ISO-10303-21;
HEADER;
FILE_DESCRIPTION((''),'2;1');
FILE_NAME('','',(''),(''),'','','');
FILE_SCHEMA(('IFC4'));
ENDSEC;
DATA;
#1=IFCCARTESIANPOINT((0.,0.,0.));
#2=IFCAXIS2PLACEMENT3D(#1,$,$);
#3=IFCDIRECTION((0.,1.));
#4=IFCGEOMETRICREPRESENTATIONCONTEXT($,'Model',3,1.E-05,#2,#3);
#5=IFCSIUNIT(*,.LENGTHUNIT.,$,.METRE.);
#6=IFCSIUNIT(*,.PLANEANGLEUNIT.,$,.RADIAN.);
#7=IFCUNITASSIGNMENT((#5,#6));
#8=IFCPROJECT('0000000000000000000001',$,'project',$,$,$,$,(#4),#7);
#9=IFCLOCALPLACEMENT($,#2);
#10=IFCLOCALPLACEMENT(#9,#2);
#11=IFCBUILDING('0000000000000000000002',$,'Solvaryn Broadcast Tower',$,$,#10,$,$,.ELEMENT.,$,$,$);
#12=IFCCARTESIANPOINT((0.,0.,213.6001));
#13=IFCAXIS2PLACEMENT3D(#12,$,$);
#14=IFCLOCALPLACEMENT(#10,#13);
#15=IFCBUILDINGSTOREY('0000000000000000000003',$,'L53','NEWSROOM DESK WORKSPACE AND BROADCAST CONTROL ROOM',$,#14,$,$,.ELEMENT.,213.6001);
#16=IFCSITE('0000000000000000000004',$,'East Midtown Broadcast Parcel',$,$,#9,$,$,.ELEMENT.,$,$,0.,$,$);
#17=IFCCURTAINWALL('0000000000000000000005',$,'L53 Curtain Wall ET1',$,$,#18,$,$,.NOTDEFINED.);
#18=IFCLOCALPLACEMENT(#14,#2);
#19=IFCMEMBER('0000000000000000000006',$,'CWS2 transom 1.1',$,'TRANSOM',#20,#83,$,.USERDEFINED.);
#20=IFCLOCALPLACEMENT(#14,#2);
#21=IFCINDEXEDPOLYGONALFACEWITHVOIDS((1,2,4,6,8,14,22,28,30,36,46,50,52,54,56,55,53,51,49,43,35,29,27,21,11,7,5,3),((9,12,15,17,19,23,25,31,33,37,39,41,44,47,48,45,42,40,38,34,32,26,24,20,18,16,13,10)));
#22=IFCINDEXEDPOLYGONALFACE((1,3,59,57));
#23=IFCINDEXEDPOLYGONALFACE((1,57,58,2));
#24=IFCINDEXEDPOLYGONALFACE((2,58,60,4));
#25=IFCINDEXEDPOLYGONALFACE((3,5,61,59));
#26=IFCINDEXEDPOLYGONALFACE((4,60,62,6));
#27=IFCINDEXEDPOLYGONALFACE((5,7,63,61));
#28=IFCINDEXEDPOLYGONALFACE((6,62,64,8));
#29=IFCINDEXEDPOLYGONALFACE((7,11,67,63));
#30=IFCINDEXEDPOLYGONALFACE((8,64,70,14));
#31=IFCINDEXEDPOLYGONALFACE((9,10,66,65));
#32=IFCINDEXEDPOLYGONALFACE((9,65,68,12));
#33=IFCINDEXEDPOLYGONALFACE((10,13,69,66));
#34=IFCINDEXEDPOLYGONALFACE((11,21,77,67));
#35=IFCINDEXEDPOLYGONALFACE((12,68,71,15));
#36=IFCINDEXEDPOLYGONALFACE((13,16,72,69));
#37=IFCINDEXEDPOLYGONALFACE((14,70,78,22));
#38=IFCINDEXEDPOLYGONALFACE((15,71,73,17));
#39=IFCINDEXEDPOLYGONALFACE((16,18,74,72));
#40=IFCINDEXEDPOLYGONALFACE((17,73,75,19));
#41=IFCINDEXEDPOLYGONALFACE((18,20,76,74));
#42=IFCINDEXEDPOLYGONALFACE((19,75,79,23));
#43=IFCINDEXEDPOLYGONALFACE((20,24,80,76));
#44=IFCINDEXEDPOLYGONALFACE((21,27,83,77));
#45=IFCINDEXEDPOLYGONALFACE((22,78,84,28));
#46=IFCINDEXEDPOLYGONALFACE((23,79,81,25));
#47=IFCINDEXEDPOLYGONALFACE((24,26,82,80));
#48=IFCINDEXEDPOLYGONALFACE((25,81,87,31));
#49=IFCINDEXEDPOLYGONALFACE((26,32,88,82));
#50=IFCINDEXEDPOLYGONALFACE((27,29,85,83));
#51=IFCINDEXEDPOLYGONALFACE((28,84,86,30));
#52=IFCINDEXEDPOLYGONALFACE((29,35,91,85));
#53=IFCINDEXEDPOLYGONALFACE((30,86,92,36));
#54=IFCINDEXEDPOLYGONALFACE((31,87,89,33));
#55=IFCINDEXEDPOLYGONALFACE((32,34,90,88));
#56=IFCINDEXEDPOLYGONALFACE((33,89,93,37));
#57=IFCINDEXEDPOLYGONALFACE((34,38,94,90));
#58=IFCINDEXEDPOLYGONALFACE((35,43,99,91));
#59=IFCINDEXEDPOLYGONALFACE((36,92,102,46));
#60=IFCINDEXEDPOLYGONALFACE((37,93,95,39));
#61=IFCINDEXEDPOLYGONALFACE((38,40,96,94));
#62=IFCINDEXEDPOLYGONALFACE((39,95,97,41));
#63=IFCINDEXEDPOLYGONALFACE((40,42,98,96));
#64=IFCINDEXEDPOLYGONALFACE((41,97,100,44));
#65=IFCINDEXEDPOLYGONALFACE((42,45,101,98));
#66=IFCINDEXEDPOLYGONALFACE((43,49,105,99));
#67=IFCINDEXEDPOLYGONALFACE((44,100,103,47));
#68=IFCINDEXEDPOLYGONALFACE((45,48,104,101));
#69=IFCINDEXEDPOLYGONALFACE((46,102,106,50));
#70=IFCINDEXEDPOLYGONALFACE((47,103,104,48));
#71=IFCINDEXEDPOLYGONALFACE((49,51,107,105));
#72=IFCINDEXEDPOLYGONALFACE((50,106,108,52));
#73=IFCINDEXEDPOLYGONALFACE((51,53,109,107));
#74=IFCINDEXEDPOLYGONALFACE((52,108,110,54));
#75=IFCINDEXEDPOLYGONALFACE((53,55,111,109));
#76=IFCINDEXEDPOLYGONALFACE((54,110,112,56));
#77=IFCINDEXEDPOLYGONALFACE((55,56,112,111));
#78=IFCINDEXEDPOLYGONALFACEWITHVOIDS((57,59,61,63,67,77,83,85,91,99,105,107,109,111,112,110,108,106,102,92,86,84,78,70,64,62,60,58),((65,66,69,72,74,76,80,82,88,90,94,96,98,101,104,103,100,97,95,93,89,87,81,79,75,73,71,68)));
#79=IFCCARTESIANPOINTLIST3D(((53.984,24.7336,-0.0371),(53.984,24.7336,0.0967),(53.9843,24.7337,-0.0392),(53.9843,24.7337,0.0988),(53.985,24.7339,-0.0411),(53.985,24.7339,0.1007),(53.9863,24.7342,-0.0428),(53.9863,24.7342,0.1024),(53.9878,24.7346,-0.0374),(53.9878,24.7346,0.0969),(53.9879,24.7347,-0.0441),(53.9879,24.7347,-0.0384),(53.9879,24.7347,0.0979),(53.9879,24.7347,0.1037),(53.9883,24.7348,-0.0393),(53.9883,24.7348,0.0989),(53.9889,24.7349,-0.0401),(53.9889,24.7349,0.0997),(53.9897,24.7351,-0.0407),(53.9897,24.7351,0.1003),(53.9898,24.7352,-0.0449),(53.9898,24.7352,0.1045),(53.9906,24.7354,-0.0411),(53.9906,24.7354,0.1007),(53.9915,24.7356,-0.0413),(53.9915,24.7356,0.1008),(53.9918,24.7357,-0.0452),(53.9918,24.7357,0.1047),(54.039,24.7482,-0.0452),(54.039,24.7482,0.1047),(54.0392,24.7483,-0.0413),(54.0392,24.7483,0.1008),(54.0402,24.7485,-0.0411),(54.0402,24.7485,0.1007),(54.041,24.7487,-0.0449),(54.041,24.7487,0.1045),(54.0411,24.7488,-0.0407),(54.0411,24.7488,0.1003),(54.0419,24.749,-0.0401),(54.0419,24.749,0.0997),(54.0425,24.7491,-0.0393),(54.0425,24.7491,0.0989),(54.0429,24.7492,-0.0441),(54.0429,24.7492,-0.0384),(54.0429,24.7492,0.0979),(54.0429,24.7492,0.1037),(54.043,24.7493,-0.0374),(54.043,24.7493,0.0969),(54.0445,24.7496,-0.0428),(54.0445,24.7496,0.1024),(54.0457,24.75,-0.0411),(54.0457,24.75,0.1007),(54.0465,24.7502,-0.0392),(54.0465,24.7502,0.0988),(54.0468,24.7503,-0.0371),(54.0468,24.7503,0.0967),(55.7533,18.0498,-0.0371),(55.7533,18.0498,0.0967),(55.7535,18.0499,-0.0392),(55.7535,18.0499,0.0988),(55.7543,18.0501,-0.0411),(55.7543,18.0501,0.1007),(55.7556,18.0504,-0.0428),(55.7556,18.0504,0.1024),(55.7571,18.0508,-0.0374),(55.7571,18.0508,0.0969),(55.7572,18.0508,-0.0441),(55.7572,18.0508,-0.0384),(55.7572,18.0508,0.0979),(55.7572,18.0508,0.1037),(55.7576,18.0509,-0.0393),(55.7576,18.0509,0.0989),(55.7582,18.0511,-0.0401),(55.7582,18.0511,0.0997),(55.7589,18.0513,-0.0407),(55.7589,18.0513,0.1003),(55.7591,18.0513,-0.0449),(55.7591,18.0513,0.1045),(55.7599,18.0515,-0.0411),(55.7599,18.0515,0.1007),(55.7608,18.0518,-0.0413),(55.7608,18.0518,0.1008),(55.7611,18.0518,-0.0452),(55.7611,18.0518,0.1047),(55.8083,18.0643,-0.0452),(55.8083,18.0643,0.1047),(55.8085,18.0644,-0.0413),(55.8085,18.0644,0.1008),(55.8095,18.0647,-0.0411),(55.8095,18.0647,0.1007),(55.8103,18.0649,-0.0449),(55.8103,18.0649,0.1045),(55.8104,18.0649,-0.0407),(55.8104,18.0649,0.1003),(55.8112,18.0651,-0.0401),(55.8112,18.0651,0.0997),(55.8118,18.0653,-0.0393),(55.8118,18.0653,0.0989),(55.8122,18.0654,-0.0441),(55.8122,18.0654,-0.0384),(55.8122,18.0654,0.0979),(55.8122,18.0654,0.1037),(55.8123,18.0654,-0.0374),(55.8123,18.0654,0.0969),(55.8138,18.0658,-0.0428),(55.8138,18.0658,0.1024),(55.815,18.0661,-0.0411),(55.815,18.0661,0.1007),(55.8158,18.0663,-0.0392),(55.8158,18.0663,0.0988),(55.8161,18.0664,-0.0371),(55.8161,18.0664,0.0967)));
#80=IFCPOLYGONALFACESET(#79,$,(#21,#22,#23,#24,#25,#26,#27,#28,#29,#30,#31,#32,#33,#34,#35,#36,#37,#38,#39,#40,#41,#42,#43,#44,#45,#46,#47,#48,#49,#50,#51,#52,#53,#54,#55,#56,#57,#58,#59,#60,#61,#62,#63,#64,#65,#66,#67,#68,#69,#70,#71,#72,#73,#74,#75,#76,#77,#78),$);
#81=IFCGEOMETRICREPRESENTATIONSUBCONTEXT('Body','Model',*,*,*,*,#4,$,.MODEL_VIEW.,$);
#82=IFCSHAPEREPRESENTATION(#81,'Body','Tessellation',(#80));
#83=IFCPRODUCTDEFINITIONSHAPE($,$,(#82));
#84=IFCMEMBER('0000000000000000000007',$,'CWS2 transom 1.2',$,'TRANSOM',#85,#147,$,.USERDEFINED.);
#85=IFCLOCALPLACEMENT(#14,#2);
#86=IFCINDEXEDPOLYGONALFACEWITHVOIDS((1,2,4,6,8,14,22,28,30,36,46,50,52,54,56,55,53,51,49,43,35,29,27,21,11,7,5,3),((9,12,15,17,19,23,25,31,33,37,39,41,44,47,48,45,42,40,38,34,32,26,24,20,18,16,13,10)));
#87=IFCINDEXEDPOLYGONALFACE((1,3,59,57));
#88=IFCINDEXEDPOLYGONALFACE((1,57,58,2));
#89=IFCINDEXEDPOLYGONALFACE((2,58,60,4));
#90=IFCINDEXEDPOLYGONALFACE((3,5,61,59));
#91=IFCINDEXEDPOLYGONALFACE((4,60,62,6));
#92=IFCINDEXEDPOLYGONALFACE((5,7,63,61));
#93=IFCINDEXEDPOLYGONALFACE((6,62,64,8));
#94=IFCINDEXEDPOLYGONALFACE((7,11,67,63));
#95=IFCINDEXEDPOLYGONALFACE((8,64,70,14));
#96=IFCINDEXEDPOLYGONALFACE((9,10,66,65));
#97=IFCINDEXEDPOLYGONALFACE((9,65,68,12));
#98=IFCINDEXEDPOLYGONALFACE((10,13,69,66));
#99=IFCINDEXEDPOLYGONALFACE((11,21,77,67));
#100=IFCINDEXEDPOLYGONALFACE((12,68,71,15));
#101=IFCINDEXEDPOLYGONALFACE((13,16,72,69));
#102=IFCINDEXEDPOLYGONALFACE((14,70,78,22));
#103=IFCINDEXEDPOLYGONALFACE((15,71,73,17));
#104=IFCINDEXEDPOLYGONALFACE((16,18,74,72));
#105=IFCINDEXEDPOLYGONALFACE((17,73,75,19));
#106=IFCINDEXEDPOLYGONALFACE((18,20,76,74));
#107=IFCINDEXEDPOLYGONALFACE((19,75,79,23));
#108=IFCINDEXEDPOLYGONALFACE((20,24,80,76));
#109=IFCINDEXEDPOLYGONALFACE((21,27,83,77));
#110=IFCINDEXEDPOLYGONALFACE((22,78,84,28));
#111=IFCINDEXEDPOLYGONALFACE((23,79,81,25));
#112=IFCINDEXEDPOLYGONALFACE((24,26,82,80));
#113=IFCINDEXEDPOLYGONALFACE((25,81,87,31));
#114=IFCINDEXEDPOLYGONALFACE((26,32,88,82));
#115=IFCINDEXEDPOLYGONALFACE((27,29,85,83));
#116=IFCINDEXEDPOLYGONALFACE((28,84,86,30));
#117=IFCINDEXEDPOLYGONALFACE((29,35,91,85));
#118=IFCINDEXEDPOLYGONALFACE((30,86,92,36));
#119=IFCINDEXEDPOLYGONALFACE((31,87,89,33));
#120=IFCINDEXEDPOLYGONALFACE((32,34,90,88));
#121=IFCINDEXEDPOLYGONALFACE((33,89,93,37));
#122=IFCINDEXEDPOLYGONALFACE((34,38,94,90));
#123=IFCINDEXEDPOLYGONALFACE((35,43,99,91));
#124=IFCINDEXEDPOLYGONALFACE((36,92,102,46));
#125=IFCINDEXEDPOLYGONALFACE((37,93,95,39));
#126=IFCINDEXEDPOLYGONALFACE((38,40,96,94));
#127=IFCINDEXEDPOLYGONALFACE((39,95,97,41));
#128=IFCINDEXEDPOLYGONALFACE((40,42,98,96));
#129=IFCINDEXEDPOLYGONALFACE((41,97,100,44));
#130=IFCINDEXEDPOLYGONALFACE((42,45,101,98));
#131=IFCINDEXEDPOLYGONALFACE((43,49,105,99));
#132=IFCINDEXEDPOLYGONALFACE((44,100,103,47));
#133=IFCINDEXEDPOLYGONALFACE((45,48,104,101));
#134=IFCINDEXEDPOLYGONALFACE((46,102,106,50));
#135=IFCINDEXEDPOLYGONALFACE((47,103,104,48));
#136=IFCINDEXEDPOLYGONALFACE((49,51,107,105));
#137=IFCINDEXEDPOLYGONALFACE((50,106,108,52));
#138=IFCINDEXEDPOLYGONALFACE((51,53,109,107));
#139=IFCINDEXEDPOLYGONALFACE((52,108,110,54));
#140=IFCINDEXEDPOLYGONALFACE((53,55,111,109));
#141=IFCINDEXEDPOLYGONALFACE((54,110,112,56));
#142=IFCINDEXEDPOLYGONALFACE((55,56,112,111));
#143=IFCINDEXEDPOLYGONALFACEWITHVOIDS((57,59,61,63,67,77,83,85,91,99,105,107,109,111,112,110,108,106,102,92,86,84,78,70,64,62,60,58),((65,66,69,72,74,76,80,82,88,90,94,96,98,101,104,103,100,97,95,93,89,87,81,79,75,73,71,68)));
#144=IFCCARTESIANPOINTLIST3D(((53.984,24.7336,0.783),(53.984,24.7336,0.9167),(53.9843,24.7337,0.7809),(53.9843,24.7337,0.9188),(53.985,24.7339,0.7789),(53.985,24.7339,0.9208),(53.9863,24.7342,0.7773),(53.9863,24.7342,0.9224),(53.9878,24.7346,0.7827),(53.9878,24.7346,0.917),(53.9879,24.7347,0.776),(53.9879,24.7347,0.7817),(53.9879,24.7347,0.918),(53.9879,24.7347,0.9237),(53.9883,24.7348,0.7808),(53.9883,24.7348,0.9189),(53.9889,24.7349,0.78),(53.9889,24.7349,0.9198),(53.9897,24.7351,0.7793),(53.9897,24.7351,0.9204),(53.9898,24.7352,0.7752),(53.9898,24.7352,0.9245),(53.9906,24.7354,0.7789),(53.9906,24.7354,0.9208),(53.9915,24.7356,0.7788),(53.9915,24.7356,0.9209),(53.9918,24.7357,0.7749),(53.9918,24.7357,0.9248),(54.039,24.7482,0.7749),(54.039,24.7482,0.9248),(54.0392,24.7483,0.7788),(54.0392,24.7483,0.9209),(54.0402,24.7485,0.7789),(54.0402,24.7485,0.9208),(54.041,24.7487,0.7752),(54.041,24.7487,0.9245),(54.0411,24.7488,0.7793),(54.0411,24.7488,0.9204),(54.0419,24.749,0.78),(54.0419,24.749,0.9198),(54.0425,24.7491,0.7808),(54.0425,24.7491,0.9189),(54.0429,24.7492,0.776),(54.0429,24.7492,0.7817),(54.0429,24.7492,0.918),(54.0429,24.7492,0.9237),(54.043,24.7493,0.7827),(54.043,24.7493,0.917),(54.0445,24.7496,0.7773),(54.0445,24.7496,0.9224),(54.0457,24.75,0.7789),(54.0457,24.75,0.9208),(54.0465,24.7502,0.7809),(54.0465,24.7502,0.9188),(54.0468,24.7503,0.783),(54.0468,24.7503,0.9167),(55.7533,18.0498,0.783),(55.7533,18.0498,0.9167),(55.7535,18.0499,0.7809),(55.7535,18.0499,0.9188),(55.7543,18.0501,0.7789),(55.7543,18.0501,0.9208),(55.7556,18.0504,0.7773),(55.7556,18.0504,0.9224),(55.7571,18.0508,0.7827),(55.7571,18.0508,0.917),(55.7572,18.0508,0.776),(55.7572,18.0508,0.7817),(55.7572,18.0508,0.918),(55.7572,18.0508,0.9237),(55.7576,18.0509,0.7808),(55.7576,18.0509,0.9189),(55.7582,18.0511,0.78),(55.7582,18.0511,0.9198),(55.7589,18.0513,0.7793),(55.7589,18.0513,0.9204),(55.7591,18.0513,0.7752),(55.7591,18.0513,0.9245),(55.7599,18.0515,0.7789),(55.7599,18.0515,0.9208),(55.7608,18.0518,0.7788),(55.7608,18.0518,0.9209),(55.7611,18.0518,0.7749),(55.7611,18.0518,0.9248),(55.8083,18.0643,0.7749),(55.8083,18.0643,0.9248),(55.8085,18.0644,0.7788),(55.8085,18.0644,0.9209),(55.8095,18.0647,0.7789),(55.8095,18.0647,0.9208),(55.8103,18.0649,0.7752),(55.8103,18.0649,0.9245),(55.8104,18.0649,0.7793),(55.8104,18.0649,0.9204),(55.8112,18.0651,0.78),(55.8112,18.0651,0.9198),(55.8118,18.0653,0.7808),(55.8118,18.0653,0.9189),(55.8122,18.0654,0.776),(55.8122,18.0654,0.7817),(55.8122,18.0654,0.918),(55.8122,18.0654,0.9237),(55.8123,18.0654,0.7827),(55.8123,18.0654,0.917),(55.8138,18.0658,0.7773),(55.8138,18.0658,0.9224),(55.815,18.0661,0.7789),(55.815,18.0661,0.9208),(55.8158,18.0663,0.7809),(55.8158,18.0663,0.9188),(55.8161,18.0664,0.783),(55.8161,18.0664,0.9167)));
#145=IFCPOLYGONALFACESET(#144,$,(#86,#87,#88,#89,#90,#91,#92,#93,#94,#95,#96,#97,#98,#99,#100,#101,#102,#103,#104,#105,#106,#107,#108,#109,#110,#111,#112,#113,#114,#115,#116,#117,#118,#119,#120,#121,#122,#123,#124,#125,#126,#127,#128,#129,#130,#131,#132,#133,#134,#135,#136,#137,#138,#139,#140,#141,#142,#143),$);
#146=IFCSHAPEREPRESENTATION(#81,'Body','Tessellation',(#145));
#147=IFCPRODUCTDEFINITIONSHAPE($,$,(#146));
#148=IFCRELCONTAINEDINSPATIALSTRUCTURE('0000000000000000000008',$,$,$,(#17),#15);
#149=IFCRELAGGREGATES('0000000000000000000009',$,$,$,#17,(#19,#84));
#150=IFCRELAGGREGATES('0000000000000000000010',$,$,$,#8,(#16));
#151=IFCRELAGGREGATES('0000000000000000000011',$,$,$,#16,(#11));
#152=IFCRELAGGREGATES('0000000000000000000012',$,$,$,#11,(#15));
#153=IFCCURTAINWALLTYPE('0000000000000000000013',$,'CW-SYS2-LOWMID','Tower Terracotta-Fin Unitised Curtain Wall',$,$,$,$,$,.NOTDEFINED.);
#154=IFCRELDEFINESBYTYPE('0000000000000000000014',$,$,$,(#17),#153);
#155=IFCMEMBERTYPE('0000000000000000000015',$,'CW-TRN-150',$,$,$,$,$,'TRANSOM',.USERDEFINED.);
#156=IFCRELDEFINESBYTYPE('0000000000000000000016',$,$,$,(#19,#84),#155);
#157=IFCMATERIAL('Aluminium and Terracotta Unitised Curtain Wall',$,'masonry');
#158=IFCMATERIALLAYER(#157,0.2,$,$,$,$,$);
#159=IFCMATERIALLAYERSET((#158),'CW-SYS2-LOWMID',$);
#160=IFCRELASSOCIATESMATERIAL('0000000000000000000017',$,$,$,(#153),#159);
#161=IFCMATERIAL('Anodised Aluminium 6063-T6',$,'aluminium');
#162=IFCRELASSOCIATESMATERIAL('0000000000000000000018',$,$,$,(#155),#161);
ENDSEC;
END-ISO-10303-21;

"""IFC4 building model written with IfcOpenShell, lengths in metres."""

from ifc_helpers import new_model, si_unit, direction, frame, origin, origin_2d, place, context, subcontext, project, spatial, hollow_rectangle, extrude, material, layer, layer_set, material_profile, profile_set, type_object, element, aggregate, save


model = new_model("IFC4")

# Units and contexts
model_context = context("Model", 3, precision=1e-05, world=origin(), true_north=direction((0.0, 1.0)))
body_context = subcontext(model_context, "Body", "Model", "MODEL_VIEW")
ifc_project = project(units=[si_unit("LENGTHUNIT", "METRE"), si_unit("PLANEANGLEUNIT", "RADIAN")], contexts=[model_context])

# Site, building, storey
site_placement = place(None, origin())
site = spatial("IfcSite", under=ifc_project, at=site_placement, Name="East Midtown Broadcast Parcel", CompositionType="ELEMENT", RefElevation=0.0)
building_placement = place(site_placement, origin())
building = spatial("IfcBuilding", under=site, at=building_placement, Name="Solvaryn Broadcast Tower", CompositionType="ELEMENT")
storey_placement = place(building_placement, frame((0.0, 0.0, 213.6001)))
storey = spatial("IfcBuildingStorey", under=building, at=storey_placement, Name="L53", Description="NEWSROOM DESK WORKSPACE AND BROADCAST CONTROL ROOM", CompositionType="ELEMENT", Elevation=213.6001)

# Curtain wall
ifc_material_1 = material(Name="Aluminium and Terracotta Unitised Curtain Wall", Category="masonry")
ifc_layer_1 = layer(ifc_material_1, 0.2)
ifc_layer_set_1 = layer_set([ifc_layer_1], Name="CW-SYS2-LOWMID")
curtain_wall_type = type_object("IfcCurtainWallType", Name="CW-SYS2-LOWMID", Description="Tower Terracotta-Fin Unitised Curtain Wall", PredefinedType="NOTDEFINED", material=ifc_layer_set_1)
curtain_wall_1_placement = place(storey_placement, origin())
curtain_wall_1 = element("IfcCurtainWall", 1, at=curtain_wall_1_placement, inside=storey, type_object=curtain_wall_type, Name="L53 Curtain Wall ET1", PredefinedType="NOTDEFINED")

# Members
ifc_material_2 = material(Name="Anodised Aluminium 6063-T6", Category="aluminium")
ifc_material_profile_1 = material_profile(ifc_material_2, hollow_rectangle(XDim=0.0649, YDim=0.1499, WallThickness=0.0039, InnerFilletRadius=0.0039, OuterFilletRadius=0.0081, at=origin_2d()))
ifc_profile_set_1 = profile_set([ifc_material_profile_1], Name="Anodised Aluminium 6063-T6")
member_type_1 = type_object("IfcMemberType", Name="CW-TRN-150", ElementType="TRANSOM", PredefinedType="USERDEFINED", material=ifc_profile_set_1)
member_1_placement = place(storey_placement, frame((54.0154, 24.7419, 0.0298), z_axis=(0.255897, -0.966704, 0.0), x_axis=(0.966704, 0.255897, 0.0)))
member_1 = element("IfcMember", 2, at=member_1_placement, type_object=member_type_1, Name="CWS2 transom 1.1", ObjectType="TRANSOM", PredefinedType="USERDEFINED", context=body_context, shape_type="SweptSolid", body=[
    extrude(hollow_rectangle(XDim=0.0649, YDim=0.1499, WallThickness=0.0039, InnerFilletRadius=0.0039, OuterFilletRadius=0.0081, at=origin_2d()), origin(), (0.0, 0.0, 1.0), 6.9141),
])
member_2_placement = place(storey_placement, frame((54.0154, 24.7419, 0.8499), z_axis=(0.255897, -0.966704, 0.0), x_axis=(0.966704, 0.255897, 0.0)))
member_2 = element("IfcMember", 3, at=member_2_placement, type_object=member_type_1, Name="CWS2 transom 1.2", ObjectType="TRANSOM", PredefinedType="USERDEFINED", context=body_context, shape_type="SweptSolid", body=[
    extrude(hollow_rectangle(XDim=0.0649, YDim=0.1499, WallThickness=0.0039, InnerFilletRadius=0.0039, OuterFilletRadius=0.0081, at=origin_2d()), origin(), (0.0, 0.0, 1.0), 6.9141),
])

aggregate(curtain_wall_1, [member_1, member_2])

save(model, "model.ifc")
